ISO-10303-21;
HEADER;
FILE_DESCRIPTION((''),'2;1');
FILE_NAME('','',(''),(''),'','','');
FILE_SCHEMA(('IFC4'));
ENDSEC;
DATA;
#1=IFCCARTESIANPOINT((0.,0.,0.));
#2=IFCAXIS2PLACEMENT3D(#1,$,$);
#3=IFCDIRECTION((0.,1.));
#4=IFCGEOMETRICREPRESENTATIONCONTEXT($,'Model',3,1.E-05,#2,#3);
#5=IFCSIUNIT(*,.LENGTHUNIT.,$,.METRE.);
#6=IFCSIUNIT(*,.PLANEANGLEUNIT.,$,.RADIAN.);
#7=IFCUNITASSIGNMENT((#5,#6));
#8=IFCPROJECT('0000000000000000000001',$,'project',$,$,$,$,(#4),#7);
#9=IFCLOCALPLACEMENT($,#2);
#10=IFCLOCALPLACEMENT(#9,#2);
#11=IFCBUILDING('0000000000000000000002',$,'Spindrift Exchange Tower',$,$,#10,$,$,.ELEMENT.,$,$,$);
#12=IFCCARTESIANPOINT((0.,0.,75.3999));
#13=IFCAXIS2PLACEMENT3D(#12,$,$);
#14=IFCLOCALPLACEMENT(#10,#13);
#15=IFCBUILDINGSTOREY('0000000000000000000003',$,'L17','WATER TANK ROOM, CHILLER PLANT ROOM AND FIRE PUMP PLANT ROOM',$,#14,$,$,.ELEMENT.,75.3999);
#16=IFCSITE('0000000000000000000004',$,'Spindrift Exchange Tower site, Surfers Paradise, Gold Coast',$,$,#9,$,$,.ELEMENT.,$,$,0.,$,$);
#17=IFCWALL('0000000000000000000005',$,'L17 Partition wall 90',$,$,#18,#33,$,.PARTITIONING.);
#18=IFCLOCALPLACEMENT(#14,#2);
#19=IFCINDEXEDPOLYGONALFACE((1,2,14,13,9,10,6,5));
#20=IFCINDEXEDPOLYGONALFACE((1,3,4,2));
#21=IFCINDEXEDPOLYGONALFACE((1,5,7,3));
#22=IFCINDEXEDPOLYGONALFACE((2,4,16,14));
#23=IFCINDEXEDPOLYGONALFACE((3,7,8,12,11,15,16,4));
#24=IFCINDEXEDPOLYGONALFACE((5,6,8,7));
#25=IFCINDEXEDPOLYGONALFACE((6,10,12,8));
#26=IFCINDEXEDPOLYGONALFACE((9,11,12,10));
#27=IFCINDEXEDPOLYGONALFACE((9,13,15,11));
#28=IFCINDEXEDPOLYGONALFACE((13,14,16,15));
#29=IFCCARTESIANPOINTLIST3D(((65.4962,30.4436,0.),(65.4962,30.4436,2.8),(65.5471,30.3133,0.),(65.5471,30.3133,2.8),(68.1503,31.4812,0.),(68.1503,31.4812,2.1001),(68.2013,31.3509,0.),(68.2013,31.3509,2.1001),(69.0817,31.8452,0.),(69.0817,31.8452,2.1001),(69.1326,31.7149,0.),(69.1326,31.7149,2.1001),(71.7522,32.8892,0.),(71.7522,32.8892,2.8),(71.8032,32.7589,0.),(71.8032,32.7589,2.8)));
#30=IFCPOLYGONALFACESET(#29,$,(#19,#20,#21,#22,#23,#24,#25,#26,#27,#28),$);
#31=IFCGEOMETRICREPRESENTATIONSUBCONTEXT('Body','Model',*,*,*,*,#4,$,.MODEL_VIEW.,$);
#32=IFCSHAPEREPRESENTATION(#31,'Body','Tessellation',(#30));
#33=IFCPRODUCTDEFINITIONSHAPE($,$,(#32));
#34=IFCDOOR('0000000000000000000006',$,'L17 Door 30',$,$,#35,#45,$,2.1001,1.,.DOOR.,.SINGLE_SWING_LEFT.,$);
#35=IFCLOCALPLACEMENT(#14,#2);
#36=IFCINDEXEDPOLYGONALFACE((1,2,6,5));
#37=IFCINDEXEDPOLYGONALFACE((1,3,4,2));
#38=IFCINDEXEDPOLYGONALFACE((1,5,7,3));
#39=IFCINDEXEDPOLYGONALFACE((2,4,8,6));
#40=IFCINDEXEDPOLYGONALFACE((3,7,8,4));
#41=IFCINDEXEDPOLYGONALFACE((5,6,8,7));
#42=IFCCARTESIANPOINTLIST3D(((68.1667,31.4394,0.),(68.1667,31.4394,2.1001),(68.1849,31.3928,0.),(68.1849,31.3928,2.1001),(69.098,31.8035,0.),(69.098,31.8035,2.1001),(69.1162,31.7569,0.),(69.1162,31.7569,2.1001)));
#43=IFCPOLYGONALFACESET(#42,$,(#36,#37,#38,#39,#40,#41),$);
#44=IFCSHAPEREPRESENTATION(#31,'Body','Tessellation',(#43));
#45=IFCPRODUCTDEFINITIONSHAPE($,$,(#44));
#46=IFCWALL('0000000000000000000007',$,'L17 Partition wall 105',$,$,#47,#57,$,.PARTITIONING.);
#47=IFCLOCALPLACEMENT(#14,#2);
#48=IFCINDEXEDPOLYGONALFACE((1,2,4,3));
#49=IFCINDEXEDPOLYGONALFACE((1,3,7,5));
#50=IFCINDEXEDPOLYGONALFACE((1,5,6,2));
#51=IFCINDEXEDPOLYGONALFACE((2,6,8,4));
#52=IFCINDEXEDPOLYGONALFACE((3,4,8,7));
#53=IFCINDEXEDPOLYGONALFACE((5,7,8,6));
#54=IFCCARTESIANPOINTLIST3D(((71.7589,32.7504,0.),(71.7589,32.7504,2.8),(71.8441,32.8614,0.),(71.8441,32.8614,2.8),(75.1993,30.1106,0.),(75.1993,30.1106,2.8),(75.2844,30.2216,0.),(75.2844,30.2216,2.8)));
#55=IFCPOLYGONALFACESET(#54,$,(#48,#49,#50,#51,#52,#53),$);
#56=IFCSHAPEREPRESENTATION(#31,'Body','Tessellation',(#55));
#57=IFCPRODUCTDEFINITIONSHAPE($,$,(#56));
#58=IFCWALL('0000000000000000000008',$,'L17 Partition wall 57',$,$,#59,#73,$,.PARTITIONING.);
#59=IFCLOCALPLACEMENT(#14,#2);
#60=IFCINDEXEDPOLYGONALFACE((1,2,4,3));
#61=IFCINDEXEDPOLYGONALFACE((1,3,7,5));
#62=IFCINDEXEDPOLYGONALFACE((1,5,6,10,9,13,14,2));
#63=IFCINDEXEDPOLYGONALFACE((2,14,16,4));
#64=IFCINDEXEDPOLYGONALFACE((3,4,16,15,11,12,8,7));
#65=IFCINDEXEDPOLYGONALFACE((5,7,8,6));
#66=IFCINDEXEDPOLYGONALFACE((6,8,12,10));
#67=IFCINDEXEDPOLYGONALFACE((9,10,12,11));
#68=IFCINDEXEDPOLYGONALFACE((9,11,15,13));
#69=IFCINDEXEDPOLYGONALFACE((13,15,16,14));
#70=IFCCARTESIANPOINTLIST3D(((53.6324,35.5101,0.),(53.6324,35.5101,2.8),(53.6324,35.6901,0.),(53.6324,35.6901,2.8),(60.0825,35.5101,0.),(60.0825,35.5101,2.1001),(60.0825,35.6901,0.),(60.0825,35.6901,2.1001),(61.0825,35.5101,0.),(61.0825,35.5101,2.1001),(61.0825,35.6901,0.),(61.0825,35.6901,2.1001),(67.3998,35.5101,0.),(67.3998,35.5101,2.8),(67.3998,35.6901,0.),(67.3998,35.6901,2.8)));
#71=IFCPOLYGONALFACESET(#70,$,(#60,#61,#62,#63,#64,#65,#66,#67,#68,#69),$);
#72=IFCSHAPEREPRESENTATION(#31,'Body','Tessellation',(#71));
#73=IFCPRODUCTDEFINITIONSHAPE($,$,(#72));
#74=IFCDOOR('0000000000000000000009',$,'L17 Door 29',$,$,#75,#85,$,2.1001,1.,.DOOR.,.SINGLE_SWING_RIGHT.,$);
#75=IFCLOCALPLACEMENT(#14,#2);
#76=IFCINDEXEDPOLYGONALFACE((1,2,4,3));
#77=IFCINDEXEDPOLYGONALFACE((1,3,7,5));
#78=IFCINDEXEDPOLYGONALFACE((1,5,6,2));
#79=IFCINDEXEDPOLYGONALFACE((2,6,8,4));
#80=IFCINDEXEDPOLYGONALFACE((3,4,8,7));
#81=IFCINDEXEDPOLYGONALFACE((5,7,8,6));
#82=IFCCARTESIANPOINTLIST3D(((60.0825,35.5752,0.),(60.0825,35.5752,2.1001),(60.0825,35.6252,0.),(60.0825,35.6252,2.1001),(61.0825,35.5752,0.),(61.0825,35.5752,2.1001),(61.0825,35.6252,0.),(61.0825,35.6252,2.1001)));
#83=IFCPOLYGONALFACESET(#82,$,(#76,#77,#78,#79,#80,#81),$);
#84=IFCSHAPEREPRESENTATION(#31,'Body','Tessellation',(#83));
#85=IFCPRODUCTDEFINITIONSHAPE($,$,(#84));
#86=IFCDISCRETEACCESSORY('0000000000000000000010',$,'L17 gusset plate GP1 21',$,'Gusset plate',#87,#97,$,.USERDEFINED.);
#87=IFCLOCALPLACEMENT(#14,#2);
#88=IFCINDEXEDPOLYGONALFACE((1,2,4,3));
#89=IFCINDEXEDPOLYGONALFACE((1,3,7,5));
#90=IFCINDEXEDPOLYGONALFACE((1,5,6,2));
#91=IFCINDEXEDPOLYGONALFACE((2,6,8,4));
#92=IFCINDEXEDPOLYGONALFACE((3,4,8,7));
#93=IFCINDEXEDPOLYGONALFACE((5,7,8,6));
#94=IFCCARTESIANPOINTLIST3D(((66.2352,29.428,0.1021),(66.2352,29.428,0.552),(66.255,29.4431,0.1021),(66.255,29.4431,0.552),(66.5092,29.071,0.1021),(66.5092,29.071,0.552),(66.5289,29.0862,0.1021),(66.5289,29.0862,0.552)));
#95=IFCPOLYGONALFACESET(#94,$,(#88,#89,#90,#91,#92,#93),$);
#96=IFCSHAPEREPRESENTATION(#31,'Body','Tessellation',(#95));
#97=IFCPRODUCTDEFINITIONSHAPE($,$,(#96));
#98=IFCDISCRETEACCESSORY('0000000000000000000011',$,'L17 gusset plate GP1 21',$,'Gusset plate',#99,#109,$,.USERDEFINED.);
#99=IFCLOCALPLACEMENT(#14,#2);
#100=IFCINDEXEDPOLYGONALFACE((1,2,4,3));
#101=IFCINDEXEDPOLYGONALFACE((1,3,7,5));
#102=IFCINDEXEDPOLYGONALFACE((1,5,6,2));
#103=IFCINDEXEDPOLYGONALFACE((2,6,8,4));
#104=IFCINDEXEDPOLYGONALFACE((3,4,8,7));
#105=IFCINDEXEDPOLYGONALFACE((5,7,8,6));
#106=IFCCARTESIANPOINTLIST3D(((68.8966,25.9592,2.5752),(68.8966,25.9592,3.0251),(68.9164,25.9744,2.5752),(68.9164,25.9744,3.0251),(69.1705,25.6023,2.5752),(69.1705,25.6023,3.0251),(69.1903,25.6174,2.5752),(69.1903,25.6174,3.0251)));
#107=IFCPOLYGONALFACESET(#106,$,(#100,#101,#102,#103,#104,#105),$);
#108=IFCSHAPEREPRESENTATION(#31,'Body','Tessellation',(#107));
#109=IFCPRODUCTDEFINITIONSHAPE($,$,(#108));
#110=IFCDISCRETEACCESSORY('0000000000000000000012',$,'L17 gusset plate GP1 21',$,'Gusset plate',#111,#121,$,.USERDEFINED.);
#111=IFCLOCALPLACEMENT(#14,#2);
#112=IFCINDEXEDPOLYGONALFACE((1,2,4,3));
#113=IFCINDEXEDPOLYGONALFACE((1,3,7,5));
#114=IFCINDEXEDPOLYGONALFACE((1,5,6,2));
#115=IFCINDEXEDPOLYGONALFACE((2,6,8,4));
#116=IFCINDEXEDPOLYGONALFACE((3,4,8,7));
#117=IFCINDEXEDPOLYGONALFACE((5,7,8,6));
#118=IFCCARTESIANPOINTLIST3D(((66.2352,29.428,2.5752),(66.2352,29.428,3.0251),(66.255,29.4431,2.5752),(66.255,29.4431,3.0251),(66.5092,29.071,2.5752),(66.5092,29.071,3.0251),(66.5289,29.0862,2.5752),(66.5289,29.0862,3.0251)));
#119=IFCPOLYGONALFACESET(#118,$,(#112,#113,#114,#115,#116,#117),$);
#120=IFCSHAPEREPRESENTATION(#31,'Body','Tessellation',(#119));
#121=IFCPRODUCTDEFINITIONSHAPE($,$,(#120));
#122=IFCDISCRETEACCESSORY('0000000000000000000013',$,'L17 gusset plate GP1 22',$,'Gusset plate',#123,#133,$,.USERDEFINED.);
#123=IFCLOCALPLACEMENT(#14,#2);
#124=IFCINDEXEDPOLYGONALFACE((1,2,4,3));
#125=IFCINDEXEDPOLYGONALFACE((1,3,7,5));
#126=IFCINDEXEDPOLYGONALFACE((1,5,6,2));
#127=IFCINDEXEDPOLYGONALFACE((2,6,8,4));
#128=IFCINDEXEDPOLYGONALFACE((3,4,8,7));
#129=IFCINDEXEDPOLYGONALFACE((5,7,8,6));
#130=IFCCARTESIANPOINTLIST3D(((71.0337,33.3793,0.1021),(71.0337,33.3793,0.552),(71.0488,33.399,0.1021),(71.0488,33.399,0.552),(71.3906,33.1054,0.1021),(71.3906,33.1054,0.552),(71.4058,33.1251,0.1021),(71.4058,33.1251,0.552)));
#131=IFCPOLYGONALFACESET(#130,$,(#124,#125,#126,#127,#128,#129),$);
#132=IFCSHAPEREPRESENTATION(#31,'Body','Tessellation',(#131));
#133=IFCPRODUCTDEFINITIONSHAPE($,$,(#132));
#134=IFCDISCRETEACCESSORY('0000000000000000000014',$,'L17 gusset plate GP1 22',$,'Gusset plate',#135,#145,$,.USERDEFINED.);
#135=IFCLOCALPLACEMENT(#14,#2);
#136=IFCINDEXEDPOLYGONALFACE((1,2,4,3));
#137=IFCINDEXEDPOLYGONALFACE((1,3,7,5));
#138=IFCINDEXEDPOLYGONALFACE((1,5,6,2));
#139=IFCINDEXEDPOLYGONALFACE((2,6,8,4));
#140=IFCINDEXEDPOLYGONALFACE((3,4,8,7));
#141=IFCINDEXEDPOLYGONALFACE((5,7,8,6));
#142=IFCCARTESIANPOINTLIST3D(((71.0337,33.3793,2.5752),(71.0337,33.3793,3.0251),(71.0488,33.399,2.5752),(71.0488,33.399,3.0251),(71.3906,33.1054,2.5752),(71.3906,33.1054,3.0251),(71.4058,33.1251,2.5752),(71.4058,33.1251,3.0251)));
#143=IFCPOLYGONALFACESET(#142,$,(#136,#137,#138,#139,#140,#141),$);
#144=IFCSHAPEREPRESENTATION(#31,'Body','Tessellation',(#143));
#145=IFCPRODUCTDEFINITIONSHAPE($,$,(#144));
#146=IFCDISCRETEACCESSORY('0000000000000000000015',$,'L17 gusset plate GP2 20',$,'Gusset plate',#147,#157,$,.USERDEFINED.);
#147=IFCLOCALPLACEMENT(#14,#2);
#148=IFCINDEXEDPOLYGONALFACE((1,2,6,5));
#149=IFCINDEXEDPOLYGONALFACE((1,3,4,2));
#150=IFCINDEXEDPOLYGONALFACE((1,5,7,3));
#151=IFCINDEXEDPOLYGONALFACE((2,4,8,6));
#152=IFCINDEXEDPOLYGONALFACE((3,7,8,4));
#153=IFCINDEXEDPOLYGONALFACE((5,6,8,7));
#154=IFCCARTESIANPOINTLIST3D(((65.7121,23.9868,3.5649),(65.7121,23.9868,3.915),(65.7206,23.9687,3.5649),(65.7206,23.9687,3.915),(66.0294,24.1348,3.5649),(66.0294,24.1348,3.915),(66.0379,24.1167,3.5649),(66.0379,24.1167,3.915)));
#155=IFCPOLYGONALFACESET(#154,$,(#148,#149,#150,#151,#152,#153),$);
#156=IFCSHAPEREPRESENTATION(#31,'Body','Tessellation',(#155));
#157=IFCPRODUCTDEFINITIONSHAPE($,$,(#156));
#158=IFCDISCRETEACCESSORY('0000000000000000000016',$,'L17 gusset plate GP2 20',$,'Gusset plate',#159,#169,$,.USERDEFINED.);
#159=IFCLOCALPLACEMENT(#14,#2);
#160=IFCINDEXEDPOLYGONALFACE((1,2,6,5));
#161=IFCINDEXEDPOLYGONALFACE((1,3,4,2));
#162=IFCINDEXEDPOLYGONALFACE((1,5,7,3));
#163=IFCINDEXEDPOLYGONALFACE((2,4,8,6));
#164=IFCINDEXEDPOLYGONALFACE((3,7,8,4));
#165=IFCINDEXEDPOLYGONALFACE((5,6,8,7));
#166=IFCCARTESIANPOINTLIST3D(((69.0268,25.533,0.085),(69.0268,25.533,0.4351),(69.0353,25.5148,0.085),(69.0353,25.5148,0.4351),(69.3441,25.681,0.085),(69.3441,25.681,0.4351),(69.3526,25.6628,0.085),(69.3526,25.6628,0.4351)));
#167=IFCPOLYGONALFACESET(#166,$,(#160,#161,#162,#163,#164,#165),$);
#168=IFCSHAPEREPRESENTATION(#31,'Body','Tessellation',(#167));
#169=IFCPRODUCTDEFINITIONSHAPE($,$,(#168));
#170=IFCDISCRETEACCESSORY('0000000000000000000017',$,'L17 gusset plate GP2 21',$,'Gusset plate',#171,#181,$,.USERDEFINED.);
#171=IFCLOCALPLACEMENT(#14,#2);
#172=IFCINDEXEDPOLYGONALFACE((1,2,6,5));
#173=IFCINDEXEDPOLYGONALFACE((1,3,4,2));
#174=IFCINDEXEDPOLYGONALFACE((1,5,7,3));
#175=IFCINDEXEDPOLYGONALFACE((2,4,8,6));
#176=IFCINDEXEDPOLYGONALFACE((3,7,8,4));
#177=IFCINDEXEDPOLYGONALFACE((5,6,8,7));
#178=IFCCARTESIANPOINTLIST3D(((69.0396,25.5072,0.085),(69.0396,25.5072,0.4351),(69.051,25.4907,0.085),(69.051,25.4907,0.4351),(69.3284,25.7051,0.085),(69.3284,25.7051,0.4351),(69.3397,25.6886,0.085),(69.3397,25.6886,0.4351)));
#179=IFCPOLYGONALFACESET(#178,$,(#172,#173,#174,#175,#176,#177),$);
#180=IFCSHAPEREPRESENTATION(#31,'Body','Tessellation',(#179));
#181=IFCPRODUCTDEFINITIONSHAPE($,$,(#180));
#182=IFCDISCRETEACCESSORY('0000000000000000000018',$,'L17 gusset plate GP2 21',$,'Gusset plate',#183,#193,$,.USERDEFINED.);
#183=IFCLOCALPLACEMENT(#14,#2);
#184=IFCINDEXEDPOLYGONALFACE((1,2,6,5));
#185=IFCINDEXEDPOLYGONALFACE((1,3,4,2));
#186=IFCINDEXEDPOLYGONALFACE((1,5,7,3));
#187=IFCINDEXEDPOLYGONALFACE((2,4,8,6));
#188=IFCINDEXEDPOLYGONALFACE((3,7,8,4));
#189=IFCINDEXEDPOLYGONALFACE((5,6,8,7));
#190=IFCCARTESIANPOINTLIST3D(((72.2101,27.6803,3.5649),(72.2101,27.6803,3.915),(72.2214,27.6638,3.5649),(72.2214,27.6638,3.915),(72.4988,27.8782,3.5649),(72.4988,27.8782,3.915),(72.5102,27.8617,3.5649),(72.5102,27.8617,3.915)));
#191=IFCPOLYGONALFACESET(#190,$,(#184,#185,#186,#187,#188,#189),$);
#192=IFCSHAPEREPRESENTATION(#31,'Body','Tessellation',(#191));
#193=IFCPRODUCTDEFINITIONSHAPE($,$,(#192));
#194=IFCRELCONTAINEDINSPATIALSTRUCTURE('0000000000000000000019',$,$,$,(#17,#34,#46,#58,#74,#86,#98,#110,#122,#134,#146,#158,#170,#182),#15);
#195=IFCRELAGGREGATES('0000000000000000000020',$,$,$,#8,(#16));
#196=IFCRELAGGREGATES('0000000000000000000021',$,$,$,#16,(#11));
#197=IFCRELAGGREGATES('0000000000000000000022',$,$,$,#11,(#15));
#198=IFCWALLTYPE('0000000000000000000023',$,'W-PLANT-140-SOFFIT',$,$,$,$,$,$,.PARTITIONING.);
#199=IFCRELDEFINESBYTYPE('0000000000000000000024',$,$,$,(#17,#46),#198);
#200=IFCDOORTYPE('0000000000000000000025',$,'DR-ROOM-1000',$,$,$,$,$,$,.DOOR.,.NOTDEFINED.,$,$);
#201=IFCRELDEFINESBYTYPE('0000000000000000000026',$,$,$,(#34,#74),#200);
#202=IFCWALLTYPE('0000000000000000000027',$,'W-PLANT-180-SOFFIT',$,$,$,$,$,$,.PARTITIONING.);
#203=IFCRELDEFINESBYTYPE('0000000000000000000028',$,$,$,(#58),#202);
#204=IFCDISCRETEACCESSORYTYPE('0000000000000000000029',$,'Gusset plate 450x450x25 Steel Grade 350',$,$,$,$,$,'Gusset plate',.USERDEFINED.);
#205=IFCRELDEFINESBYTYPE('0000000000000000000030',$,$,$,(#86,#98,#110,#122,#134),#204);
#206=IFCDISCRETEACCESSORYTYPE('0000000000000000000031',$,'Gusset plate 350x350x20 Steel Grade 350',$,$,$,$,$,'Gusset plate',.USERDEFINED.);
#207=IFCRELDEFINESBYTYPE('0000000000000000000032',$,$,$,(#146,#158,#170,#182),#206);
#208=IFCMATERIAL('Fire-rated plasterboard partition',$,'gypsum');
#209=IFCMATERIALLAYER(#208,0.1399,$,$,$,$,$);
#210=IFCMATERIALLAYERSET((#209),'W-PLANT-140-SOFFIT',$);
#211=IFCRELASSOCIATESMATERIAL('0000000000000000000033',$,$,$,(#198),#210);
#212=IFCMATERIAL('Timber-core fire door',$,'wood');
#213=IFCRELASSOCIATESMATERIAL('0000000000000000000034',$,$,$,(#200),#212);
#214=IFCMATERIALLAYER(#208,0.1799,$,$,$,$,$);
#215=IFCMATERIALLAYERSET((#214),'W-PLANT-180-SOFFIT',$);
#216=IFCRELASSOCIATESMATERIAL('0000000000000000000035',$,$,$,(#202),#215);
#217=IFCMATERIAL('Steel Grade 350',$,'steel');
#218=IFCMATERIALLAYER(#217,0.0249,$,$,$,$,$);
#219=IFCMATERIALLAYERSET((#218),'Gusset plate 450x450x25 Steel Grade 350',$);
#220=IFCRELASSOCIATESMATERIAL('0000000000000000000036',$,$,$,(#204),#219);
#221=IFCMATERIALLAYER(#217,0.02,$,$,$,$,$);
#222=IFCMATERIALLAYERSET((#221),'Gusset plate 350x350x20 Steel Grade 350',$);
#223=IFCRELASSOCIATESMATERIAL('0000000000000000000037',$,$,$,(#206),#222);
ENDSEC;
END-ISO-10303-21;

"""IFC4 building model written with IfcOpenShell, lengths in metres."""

from ifc_helpers import new_model, si_unit, direction, frame, frame_2d, origin, origin_2d, place, context, subcontext, project, spatial, rectangle, extrude, source, transform, mapped, material, layer, layer_set, type_object, element, fill, save


model = new_model("IFC4")

# Units and contexts
model_context = context("Model", 3, precision=1e-05, world=origin(), true_north=direction((0.0, 1.0)))
body_context = subcontext(model_context, "Body", "Model", "MODEL_VIEW")
ifc_project = project(units=[si_unit("LENGTHUNIT", "METRE"), si_unit("PLANEANGLEUNIT", "RADIAN")], contexts=[model_context])

# Site, building, storey
site_placement = place(None, origin())
site = spatial("IfcSite", under=ifc_project, at=site_placement, Name="Spindrift Exchange Tower site, Surfers Paradise, Gold Coast", CompositionType="ELEMENT", RefElevation=0.0)
building_placement = place(site_placement, origin())
building = spatial("IfcBuilding", under=site, at=building_placement, Name="Spindrift Exchange Tower", CompositionType="ELEMENT")
storey_placement = place(building_placement, frame((0.0, 0.0, 75.3999)))
storey = spatial("IfcBuildingStorey", under=building, at=storey_placement, Name="L17", Description="WATER TANK ROOM, CHILLER PLANT ROOM AND FIRE PUMP PLANT ROOM", CompositionType="ELEMENT", Elevation=75.3999)

# Shared definitions
ifc_material_1 = material(Name="Steel Grade 350", Category="steel")

# Wall, opening, door
ifc_material_2 = material(Name="Fire-rated plasterboard partition", Category="gypsum")
ifc_layer_1 = layer(ifc_material_2, 0.1399)
ifc_layer_set_1 = layer_set([ifc_layer_1], Name="W-PLANT-140-SOFFIT")
wall_type_1 = type_object("IfcWallType", Name="W-PLANT-140-SOFFIT", PredefinedType="PARTITIONING", material=ifc_layer_set_1)
wall_1_placement = place(storey_placement, frame((71.7776, 32.824, 0.0), z_axis=(0.0, 0.0, 1.0), x_axis=(-0.931368, -0.364079, 0.0)))
wall_1 = element("IfcWall", 1, at=wall_1_placement, inside=storey, type_object=wall_type_1, Name="L17 Partition wall 90", PredefinedType="PARTITIONING", context=body_context, shape_type="SweptSolid", body=[
    extrude(rectangle(XDim=6.717, YDim=0.1399, at=frame_2d((3.3584, 0.0))), origin(), (0.0, 0.0, 1.0), 2.8),
])
opening_1_placement = place(wall_1_placement, frame((2.8672, 0.0, 0.0)))
opening_1 = element("IfcOpeningElement", 2, at=opening_1_placement, cuts=wall_1, PredefinedType="OPENING", context=body_context, shape_type="SweptSolid", body=[
    extrude(rectangle(XDim=1.0, YDim=2.1001, at=frame_2d((0.5, 1.05))), frame((0.0, 0.0798, 0.0), z_axis=(0.0, -1.0, 0.0), x_axis=(1.0, 0.0, 0.0)), (0.0, 0.0, 1.0), 0.1599),
])
ifc_material_3 = material(Name="Timber-core fire door", Category="wood")
door_type = type_object("IfcDoorType", Name="DR-ROOM-1000", OperationType="NOTDEFINED", PredefinedType="DOOR", material=ifc_material_3)
shared_shape_1 = source(origin(), body_context, "Body", "SweptSolid", [
    extrude(rectangle(XDim=1.0, YDim=2.1001, at=frame_2d((0.5, 1.05))), frame((0.0, 0.0249, 0.0), z_axis=(0.0, -1.0, 0.0), x_axis=(1.0, 0.0, 0.0)), (0.0, 0.0, 1.0), 0.05),
])
door_1_placement = place(opening_1_placement, origin())
door_1 = element("IfcDoor", 3, at=door_1_placement, inside=storey, type_object=door_type, Name="L17 Door 30", OperationType="SINGLE_SWING_LEFT", OverallHeight=2.1001, OverallWidth=1.0, PredefinedType="DOOR", context=body_context, shape_type="MappedRepresentation", body=[
    mapped(shared_shape_1, transform((0.0, 0.0, 0.0), scale=1.0)),
])
fill(opening_1, door_1)

# Wall
wall_2_placement = place(storey_placement, frame((71.8015, 32.8059, 0.0), z_axis=(0.0, 0.0, 1.0), x_axis=(0.793358, -0.608755, 0.0)))
element("IfcWall", 4, at=wall_2_placement, inside=storey, type_object=wall_type_1, Name="L17 Partition wall 105", PredefinedType="PARTITIONING", context=body_context, shape_type="SweptSolid", body=[
    extrude(rectangle(XDim=4.3364, YDim=0.1399, at=frame_2d((2.1682, 0.0))), origin(), (0.0, 0.0, 1.0), 2.8),
])

# Wall, opening, door
ifc_layer_2 = layer(ifc_material_2, 0.1799)
ifc_layer_set_2 = layer_set([ifc_layer_2], Name="W-PLANT-180-SOFFIT")
wall_type_2 = type_object("IfcWallType", Name="W-PLANT-180-SOFFIT", PredefinedType="PARTITIONING", material=ifc_layer_set_2)
wall_3_placement = place(storey_placement, frame((67.3999, 35.6001, 0.0), z_axis=(0.0, 0.0, 1.0), x_axis=(-1.0, 0.0, 0.0)))
wall_3 = element("IfcWall", 5, at=wall_3_placement, inside=storey, type_object=wall_type_2, Name="L17 Partition wall 57", PredefinedType="PARTITIONING", context=body_context, shape_type="SweptSolid", body=[
    extrude(rectangle(XDim=13.7673, YDim=0.1799, at=frame_2d((6.8838, 0.0))), origin(), (0.0, 0.0, 1.0), 2.8),
])
opening_2_placement = place(wall_3_placement, frame((6.3174, 0.0, 0.0)))
opening_2 = element("IfcOpeningElement", 6, at=opening_2_placement, cuts=wall_3, PredefinedType="OPENING", context=body_context, shape_type="SweptSolid", body=[
    extrude(rectangle(XDim=1.0, YDim=2.1001, at=frame_2d((0.5, 1.05))), frame((0.0, 0.0999, 0.0), z_axis=(0.0, -1.0, 0.0), x_axis=(1.0, 0.0, 0.0)), (0.0, 0.0, 1.0), 0.2),
])
door_2_placement = place(opening_2_placement, origin())
door_2 = element("IfcDoor", 7, at=door_2_placement, inside=storey, type_object=door_type, Name="L17 Door 29", OperationType="SINGLE_SWING_RIGHT", OverallHeight=2.1001, OverallWidth=1.0, PredefinedType="DOOR", context=body_context, shape_type="MappedRepresentation", body=[
    mapped(shared_shape_1, transform((0.0, 0.0, 0.0), scale=1.0)),
])
fill(opening_2, door_2)

# Discrete accessories
ifc_layer_3 = layer(ifc_material_1, 0.0249)
ifc_layer_set_3 = layer_set([ifc_layer_3], Name="Gusset plate 450x450x25 Steel Grade 350")
discrete_accessory_type_1 = type_object("IfcDiscreteAccessoryType", Name="Gusset plate 450x450x25 Steel Grade 350", ElementType="Gusset plate", PredefinedType="USERDEFINED", material=ifc_layer_set_3)
shared_shape_2 = source(origin(), body_context, "Body", "SweptSolid", [
    extrude(rectangle(XDim=0.45, YDim=0.0249, at=origin_2d()), origin(), (0.0, 0.0, 1.0), 0.45),
])
for number, where, z_axis, x_axis, name in (
    (8, (66.3821, 29.2571, 0.1021), (0.0, 0.0, 1.0), (0.608764, -0.793351, 0.0), "L17 gusset plate GP1 21"),
    (9, (69.0435, 25.7883, 2.5752), (0.0, 0.0, 1.0), (0.608755, -0.793359, 0.0), "L17 gusset plate GP1 21"),
    (10, (66.3821, 29.2571, 2.5752), (0.0, 0.0, 1.0), (0.608761, -0.793353, 0.0), "L17 gusset plate GP1 21"),
    (11, (71.2197, 33.2522, 0.1021), (0.0, 0.0, 1.0), (0.793348, -0.608768, 0.0), "L17 gusset plate GP1 22"),
    (12, (71.2197, 33.2522, 2.5752), (0.0, 0.0, 1.0), (0.793353, -0.608761, 0.0), "L17 gusset plate GP1 22"),
):
    element("IfcDiscreteAccessory", number, at=place(storey_placement, frame(where, z_axis=z_axis, x_axis=x_axis)), inside=storey, type_object=discrete_accessory_type_1, Name=name, ObjectType="Gusset plate", PredefinedType="USERDEFINED", context=body_context, shape_type="MappedRepresentation", body=[
        mapped(shared_shape_2, transform((0.0, 0.0, 0.0), scale=1.0)),
    ])
ifc_layer_4 = layer(ifc_material_1, 0.02)
ifc_layer_set_4 = layer_set([ifc_layer_4], Name="Gusset plate 350x350x20 Steel Grade 350")
discrete_accessory_type_2 = type_object("IfcDiscreteAccessoryType", Name="Gusset plate 350x350x20 Steel Grade 350", ElementType="Gusset plate", PredefinedType="USERDEFINED", material=ifc_layer_set_4)
shared_shape_3 = source(origin(), body_context, "Body", "SweptSolid", [
    extrude(rectangle(XDim=0.3501, YDim=0.02, at=origin_2d()), origin(), (0.0, 0.0, 1.0), 0.3501),
])
for number, where, z_axis, x_axis, name in (
    (13, (65.875, 24.0518, 3.5649), (0.0, 0.0, 1.0), (0.906242, 0.422759, 0.0), "L17 gusset plate GP2 20"),
    (14, (69.1897, 25.5979, 0.085), (0.0, 0.0, 1.0), (0.906252, 0.422737, 0.0), "L17 gusset plate GP2 20"),
    (15, (69.1897, 25.5979, 0.085), (0.0, 0.0, 1.0), (0.824853, 0.565347, 0.0), "L17 gusset plate GP2 21"),
    (16, (72.3601, 27.771, 3.5649), (0.0, 0.0, 1.0), (0.824853, 0.565347, 0.0), "L17 gusset plate GP2 21"),
):
    element("IfcDiscreteAccessory", number, at=place(storey_placement, frame(where, z_axis=z_axis, x_axis=x_axis)), inside=storey, type_object=discrete_accessory_type_2, Name=name, ObjectType="Gusset plate", PredefinedType="USERDEFINED", context=body_context, shape_type="MappedRepresentation", body=[
        mapped(shared_shape_3, transform((0.0, 0.0, 0.0), scale=1.0)),
    ])

save(model, "model.ifc")
